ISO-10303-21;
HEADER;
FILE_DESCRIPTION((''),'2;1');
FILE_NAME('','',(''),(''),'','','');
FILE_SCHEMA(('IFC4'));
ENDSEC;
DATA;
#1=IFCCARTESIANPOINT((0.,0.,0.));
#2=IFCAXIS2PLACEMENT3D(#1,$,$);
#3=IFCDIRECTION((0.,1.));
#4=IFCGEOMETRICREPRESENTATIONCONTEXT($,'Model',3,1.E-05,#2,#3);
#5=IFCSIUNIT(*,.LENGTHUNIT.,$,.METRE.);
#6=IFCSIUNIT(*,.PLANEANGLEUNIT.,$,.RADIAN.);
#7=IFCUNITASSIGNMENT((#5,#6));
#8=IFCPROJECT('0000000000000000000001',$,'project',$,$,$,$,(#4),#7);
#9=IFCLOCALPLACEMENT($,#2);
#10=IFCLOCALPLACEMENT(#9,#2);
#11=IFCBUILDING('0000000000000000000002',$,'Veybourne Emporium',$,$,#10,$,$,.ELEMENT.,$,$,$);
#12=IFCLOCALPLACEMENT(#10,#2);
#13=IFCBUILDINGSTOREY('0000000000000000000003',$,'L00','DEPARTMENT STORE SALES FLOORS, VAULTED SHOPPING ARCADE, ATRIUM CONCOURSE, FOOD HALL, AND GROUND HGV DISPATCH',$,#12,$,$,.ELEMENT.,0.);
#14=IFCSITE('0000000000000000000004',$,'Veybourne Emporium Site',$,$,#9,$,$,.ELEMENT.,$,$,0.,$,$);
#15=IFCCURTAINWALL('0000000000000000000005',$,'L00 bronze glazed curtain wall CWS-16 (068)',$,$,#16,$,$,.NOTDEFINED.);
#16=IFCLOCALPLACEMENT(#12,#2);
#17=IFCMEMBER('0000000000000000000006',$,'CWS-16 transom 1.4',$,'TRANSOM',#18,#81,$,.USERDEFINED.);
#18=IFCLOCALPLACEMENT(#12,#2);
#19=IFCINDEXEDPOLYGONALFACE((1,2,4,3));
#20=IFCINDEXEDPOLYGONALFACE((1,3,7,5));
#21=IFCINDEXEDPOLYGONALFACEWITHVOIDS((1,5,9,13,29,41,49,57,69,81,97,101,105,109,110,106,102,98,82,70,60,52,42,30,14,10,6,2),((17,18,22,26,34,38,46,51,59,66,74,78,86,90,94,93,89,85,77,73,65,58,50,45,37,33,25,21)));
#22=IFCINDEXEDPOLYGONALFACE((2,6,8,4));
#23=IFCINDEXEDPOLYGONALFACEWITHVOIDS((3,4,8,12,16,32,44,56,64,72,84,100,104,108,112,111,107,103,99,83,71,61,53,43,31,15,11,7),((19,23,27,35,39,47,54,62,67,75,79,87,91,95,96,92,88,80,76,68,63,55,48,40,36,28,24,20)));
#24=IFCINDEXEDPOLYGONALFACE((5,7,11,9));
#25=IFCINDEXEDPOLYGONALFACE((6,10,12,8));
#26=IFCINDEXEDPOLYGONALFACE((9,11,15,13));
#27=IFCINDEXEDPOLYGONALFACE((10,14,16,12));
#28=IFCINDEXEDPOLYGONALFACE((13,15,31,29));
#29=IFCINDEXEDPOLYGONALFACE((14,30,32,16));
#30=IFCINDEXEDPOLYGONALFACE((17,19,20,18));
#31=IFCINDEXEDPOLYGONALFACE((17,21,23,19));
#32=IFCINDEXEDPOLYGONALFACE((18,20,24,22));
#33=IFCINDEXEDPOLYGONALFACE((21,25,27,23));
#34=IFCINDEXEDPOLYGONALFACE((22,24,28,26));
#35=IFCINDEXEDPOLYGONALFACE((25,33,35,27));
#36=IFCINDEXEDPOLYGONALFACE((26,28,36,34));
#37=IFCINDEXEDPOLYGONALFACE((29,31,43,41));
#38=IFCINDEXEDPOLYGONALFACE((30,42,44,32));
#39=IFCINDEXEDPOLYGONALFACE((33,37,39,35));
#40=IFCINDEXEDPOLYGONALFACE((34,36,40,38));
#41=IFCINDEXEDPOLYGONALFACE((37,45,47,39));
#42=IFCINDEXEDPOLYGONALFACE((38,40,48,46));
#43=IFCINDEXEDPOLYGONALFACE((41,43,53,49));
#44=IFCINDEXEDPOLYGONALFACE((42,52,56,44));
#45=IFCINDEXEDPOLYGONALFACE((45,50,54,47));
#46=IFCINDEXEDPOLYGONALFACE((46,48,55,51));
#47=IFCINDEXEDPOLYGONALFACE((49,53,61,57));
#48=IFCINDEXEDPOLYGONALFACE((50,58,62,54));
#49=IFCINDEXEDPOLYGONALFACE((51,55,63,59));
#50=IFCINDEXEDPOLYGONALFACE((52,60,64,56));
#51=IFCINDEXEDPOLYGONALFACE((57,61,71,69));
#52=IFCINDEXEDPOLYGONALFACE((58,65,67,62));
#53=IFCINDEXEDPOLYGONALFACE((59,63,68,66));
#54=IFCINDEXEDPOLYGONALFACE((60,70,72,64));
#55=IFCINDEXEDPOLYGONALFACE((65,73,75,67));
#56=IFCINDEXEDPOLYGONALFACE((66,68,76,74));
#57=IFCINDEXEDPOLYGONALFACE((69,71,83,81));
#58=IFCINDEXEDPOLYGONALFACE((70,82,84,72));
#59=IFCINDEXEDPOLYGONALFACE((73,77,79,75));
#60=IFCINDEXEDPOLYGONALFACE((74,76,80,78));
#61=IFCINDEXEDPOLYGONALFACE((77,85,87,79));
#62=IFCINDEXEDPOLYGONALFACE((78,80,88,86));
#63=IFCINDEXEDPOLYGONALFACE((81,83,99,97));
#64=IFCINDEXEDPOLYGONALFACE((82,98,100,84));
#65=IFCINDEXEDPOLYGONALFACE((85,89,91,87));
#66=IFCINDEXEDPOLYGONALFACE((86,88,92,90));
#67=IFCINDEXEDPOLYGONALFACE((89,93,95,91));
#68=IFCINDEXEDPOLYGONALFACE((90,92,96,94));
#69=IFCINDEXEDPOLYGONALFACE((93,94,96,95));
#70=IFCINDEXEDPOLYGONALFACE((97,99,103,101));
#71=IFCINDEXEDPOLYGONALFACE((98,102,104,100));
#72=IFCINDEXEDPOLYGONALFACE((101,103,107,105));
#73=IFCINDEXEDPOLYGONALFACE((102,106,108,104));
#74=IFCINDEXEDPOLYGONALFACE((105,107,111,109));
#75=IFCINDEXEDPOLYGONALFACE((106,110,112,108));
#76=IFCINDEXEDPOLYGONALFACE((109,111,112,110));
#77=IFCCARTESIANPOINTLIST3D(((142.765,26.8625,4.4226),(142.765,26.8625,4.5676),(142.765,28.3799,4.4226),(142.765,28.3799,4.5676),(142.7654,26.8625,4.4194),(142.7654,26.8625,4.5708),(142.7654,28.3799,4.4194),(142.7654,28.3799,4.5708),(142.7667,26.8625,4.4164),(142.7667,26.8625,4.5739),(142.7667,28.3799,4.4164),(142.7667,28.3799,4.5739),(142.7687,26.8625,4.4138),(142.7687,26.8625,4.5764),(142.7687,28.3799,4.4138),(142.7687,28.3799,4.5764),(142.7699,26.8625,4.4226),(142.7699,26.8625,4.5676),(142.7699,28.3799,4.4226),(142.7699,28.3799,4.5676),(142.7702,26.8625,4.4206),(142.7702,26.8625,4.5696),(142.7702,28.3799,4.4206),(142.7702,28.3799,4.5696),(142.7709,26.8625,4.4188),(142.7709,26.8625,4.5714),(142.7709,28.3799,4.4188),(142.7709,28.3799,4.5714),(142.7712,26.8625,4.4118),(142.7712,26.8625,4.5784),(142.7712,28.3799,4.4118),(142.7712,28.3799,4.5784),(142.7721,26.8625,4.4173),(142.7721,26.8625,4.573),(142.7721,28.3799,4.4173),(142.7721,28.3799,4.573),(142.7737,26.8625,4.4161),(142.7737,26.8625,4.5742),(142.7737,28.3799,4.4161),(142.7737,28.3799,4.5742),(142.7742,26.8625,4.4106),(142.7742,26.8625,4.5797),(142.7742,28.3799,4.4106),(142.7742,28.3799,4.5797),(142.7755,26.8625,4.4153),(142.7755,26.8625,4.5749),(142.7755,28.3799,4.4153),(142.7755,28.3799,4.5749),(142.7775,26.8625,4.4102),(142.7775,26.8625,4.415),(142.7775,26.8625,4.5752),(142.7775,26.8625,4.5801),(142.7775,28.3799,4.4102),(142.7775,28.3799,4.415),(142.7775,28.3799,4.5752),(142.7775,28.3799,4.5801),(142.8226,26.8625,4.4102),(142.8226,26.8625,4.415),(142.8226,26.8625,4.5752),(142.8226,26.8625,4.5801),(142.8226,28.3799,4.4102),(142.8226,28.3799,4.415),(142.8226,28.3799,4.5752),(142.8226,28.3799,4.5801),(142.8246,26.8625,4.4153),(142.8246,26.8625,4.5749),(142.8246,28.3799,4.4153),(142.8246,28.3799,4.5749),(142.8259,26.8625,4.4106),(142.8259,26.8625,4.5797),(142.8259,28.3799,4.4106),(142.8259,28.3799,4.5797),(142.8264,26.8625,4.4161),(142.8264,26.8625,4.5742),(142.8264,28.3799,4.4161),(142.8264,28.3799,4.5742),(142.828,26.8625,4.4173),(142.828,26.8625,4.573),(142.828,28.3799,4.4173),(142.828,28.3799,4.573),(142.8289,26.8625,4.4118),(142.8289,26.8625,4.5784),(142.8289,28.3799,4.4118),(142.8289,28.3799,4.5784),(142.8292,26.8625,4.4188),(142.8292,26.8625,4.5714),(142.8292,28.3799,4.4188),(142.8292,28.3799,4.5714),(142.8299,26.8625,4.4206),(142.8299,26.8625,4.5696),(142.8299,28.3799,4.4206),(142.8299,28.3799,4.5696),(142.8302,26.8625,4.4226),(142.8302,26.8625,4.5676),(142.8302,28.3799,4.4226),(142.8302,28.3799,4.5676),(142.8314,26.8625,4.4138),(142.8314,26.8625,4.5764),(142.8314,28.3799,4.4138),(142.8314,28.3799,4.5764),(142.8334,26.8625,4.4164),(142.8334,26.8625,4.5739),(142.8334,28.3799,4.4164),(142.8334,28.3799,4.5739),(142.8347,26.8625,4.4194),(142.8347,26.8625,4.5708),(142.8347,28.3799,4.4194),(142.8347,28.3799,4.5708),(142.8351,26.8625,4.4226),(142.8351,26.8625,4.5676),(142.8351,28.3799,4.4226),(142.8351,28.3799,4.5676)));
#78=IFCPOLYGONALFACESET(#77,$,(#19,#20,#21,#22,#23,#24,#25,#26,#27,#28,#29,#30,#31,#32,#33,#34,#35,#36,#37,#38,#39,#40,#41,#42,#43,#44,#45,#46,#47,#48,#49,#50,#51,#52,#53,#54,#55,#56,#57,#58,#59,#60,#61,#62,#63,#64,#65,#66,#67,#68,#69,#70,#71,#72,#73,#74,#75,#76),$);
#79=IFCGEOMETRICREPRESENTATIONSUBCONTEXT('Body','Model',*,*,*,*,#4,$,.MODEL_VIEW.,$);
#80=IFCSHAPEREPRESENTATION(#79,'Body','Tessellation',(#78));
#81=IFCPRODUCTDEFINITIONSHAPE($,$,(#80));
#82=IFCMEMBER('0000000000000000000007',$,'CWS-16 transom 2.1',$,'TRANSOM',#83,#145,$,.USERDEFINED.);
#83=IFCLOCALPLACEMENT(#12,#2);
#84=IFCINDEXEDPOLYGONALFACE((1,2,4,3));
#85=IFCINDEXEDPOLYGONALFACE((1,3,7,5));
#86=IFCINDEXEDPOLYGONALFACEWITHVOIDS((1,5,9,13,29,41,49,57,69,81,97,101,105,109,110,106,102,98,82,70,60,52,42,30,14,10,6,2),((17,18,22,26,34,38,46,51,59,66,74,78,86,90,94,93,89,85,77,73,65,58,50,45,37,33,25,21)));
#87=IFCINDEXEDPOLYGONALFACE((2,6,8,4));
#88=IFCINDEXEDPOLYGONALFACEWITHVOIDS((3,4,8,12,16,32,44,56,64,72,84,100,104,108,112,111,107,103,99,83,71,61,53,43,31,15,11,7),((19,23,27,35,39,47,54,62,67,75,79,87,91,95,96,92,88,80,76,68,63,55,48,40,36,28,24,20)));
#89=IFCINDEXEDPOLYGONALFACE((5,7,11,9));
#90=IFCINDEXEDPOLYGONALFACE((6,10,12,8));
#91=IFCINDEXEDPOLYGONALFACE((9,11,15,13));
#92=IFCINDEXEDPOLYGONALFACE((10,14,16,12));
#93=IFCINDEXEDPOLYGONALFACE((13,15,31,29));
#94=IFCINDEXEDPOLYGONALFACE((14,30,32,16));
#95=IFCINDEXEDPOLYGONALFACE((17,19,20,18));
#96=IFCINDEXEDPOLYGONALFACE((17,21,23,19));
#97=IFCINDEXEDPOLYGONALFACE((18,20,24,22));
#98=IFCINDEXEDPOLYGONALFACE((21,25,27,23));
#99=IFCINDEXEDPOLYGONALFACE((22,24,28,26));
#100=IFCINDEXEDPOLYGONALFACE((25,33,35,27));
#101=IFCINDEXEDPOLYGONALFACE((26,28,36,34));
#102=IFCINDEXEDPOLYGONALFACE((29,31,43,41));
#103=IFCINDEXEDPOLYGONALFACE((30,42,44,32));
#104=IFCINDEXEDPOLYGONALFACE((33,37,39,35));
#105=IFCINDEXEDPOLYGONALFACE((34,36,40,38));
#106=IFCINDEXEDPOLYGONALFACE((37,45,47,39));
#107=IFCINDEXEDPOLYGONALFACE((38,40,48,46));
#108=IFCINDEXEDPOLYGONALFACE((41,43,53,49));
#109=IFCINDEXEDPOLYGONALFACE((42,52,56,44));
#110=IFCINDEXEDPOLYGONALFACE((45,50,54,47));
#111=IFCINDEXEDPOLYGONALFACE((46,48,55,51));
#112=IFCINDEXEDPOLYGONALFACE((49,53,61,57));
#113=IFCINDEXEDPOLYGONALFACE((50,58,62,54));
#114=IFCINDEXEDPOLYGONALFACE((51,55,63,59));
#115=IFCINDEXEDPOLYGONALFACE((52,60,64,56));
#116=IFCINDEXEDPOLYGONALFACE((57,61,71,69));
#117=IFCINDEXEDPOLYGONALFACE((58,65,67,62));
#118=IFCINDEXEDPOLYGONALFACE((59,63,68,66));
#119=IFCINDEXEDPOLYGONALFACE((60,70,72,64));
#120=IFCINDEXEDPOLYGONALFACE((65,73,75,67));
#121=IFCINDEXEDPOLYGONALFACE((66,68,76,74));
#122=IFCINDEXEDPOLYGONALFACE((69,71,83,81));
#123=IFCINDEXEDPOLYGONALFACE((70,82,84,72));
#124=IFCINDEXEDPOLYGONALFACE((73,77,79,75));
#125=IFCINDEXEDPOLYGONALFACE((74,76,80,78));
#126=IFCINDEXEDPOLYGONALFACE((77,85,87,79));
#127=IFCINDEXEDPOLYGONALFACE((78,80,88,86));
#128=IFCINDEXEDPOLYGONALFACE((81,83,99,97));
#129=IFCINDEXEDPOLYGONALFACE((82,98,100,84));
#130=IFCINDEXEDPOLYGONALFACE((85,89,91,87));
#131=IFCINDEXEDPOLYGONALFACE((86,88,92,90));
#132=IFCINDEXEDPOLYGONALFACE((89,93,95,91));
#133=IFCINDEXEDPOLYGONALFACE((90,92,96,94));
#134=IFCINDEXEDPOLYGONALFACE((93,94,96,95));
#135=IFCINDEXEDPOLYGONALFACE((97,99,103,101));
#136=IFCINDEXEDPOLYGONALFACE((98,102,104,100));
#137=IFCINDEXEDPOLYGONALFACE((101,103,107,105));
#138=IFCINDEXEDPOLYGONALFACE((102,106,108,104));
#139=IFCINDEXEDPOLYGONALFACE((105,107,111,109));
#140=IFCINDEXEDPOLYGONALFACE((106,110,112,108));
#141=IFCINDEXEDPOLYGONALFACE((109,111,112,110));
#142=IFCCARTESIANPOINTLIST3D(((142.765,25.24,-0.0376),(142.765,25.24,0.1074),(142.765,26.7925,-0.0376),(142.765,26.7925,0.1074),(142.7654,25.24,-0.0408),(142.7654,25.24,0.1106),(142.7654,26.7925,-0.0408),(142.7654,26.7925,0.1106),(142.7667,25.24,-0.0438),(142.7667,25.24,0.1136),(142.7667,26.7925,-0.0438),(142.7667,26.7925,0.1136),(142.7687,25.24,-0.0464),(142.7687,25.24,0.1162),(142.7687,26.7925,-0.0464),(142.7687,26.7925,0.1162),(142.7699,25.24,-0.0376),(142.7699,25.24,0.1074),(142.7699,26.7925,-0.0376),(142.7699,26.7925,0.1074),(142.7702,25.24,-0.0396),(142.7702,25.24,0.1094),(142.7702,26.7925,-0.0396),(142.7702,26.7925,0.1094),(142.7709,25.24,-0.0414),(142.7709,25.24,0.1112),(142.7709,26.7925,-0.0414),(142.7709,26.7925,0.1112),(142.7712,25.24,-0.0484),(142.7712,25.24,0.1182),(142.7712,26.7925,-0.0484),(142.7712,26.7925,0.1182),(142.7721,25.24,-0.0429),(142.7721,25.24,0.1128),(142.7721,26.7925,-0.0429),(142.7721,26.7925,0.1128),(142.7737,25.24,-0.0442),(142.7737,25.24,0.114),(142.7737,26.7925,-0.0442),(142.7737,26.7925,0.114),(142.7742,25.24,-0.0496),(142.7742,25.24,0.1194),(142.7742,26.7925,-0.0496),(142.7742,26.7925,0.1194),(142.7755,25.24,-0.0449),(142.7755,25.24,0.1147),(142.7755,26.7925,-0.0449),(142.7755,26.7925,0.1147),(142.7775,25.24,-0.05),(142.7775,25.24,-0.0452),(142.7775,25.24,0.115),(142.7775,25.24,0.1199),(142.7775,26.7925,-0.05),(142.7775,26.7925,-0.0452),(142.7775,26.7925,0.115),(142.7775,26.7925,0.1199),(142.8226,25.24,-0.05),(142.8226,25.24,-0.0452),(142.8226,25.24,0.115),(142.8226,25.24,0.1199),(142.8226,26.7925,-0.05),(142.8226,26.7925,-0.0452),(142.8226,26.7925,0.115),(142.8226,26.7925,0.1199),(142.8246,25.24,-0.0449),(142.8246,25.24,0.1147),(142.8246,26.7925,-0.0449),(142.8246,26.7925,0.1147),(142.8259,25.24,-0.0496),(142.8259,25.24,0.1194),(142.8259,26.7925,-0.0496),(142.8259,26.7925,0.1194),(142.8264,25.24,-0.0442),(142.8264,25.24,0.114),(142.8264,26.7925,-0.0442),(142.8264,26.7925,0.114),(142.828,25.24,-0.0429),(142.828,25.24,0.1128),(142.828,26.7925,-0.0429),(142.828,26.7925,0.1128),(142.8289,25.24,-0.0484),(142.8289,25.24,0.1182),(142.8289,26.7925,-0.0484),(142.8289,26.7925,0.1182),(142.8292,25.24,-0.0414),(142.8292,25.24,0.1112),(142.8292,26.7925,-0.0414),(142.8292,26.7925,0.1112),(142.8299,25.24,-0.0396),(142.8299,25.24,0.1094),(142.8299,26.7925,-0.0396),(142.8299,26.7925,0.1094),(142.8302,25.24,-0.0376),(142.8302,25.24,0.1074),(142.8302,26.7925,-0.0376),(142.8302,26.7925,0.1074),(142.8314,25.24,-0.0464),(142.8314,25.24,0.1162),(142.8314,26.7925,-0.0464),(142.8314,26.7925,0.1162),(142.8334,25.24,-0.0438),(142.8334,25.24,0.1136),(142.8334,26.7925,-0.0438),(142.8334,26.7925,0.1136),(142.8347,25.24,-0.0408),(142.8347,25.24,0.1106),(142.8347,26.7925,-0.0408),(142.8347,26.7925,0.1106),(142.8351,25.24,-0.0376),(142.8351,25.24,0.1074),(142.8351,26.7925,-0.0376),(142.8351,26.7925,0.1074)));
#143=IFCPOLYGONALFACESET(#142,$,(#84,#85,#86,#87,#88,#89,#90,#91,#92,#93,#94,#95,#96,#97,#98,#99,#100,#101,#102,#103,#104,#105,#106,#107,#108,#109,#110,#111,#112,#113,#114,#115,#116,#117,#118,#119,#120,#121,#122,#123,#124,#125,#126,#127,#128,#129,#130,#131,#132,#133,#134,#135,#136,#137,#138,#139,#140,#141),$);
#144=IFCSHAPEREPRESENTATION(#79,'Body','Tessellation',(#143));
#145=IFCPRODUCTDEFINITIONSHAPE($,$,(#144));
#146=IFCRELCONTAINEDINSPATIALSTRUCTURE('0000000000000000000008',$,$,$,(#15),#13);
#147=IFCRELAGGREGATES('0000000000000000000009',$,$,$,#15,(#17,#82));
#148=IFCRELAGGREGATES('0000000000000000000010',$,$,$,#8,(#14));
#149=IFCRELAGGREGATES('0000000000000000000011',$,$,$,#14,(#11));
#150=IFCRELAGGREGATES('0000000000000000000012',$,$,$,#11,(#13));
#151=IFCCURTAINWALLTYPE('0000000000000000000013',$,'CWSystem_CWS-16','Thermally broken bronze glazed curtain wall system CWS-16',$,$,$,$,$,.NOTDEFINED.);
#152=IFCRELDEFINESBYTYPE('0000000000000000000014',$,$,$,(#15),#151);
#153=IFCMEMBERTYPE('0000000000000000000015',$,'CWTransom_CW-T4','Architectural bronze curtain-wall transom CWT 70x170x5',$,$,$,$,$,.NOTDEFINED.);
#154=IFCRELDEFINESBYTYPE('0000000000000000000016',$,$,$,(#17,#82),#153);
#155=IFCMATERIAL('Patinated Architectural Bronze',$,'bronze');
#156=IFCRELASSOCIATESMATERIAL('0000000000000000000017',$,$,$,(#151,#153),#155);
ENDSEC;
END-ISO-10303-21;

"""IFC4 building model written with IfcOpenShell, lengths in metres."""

from ifc_helpers import new_model, si_unit, direction, frame, origin, origin_2d, place, context, subcontext, project, spatial, hollow_rectangle, extrude, material, material_profile, profile_set, type_object, element, aggregate, save


model = new_model("IFC4")

# Units and contexts
model_context = context("Model", 3, precision=1e-05, world=origin(), true_north=direction((0.0, 1.0)))
body_context = subcontext(model_context, "Body", "Model", "MODEL_VIEW")
ifc_project = project(units=[si_unit("LENGTHUNIT", "METRE"), si_unit("PLANEANGLEUNIT", "RADIAN")], contexts=[model_context])

# Site, building, storey
site_placement = place(None, origin())
site = spatial("IfcSite", under=ifc_project, at=site_placement, Name="Veybourne Emporium Site", CompositionType="ELEMENT", RefElevation=0.0)
building_placement = place(site_placement, origin())
building = spatial("IfcBuilding", under=site, at=building_placement, Name="Veybourne Emporium", CompositionType="ELEMENT")
storey_placement = place(building_placement, origin())
storey = spatial("IfcBuildingStorey", under=building, at=storey_placement, Name="L00", Description="DEPARTMENT STORE SALES FLOORS, VAULTED SHOPPING ARCADE, ATRIUM CONCOURSE, FOOD HALL, AND GROUND HGV DISPATCH", CompositionType="ELEMENT", Elevation=0.0)

# Curtain wall, members
ifc_material_1 = material(Name="Patinated Architectural Bronze", Category="bronze")
curtain_wall_type = type_object("IfcCurtainWallType", Name="CWSystem_CWS-16", Description="Thermally broken bronze glazed curtain wall system CWS-16", PredefinedType="NOTDEFINED", material=ifc_material_1)
curtain_wall_placement = place(storey_placement, origin())
curtain_wall = element("IfcCurtainWall", 1, at=curtain_wall_placement, inside=storey, type_object=curtain_wall_type, Name="L00 bronze glazed curtain wall CWS-16 (068)", PredefinedType="NOTDEFINED")
ifc_material_profile_1 = material_profile(ifc_material_1, hollow_rectangle(XDim=0.0701, YDim=0.1699, WallThickness=0.0049, InnerFilletRadius=0.0076, OuterFilletRadius=0.0125, at=origin_2d()), Name="CWT 70x170x5")
ifc_profile_set_1 = profile_set([ifc_material_profile_1], Name="Patinated Architectural Bronze")
member_type_1 = type_object("IfcMemberType", Name="CWTransom_CW-T4", Description="Architectural bronze curtain-wall transom CWT 70x170x5", PredefinedType="NOTDEFINED", material=ifc_profile_set_1)
member_1_placement = place(storey_placement, frame((142.8, 28.3799, 4.4951), z_axis=(0.0, -1.0, 0.0), x_axis=(1.0, 0.0, 0.0)))
member_1 = element("IfcMember", 2, at=member_1_placement, type_object=member_type_1, Name="CWS-16 transom 1.4", ObjectType="TRANSOM", PredefinedType="USERDEFINED", context=body_context, shape_type="SweptSolid", body=[
    extrude(hollow_rectangle(XDim=0.0701, YDim=0.1699, WallThickness=0.0049, InnerFilletRadius=0.0076, OuterFilletRadius=0.0125, at=origin_2d()), origin(), (0.0, 0.0, 1.0), 1.5173),
])
member_2_placement = place(storey_placement, frame((142.8, 26.7925, 0.0349), z_axis=(0.0, -1.0, 0.0), x_axis=(1.0, 0.0, 0.0)))
member_2 = element("IfcMember", 3, at=member_2_placement, type_object=member_type_1, Name="CWS-16 transom 2.1", ObjectType="TRANSOM", PredefinedType="USERDEFINED", context=body_context, shape_type="SweptSolid", body=[
    extrude(hollow_rectangle(XDim=0.0701, YDim=0.1699, WallThickness=0.0049, InnerFilletRadius=0.0076, OuterFilletRadius=0.0125, at=origin_2d()), origin(), (0.0, 0.0, 1.0), 1.5525),
])

aggregate(curtain_wall, [member_1, member_2])

save(model, "model.ifc")
